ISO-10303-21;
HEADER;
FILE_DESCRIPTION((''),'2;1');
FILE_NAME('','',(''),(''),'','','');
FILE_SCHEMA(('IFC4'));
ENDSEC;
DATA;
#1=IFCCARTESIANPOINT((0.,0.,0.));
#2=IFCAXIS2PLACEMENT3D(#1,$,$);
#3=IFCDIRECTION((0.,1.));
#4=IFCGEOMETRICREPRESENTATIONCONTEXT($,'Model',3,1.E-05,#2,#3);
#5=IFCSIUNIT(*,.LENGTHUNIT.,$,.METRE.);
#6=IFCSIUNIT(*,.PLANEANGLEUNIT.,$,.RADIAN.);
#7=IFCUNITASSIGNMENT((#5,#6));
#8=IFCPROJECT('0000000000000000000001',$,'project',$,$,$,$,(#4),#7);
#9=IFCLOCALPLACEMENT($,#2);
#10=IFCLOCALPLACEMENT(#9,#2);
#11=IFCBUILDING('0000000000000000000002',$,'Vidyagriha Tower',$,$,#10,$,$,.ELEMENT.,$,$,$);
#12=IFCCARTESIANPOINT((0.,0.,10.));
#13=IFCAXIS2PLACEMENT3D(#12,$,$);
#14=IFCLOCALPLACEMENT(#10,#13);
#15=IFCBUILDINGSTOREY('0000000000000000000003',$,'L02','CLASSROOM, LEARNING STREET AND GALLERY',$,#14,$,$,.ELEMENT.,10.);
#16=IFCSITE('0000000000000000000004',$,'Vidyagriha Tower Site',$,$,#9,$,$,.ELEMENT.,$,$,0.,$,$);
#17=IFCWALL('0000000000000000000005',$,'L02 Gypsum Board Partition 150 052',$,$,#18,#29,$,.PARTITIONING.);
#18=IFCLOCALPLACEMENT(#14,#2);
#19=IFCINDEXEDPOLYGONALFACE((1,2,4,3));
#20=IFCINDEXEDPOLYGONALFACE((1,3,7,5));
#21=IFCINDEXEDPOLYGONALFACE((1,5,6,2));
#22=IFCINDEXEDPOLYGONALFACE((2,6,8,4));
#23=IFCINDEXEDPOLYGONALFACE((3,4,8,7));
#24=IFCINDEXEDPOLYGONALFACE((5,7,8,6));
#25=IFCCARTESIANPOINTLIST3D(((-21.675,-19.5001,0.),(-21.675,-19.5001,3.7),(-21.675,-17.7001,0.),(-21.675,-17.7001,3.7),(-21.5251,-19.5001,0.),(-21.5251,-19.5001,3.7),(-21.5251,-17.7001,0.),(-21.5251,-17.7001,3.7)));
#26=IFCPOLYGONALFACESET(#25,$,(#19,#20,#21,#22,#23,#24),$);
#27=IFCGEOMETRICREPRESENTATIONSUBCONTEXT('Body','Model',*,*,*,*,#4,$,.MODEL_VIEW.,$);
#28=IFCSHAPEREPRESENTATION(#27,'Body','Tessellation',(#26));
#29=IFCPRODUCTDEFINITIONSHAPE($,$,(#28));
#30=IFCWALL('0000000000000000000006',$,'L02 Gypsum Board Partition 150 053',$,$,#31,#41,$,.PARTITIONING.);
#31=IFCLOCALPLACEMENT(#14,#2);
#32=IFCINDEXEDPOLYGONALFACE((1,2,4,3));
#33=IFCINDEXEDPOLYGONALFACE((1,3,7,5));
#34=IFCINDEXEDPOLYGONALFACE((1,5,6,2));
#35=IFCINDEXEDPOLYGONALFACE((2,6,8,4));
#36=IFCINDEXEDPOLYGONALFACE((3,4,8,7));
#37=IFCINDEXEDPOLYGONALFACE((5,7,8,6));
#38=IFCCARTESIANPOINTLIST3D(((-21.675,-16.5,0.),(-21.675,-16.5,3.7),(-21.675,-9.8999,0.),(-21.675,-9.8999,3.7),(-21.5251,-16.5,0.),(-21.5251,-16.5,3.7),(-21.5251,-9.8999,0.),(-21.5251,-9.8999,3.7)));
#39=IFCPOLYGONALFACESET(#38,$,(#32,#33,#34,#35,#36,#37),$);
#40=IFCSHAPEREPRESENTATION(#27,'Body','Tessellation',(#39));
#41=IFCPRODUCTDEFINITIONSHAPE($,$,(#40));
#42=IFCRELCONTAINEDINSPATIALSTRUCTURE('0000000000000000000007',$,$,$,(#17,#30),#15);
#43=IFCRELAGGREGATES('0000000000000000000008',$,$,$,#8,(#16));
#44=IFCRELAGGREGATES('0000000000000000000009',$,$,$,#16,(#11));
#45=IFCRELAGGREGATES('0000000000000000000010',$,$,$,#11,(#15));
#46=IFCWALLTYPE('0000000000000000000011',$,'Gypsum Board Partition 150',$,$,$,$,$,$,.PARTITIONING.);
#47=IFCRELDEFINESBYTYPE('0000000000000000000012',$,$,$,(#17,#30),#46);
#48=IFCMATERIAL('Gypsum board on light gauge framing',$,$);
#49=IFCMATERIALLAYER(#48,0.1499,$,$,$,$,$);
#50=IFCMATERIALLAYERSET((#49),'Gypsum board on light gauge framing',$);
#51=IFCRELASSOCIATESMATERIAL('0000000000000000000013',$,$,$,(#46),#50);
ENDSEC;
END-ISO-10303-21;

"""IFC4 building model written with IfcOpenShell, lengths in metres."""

from ifc_helpers import new_model, si_unit, direction, frame, frame_2d, origin, place, context, subcontext, project, spatial, rectangle, extrude, material, layer, layer_set, type_object, element, save


model = new_model("IFC4")

# Units and contexts
model_context = context("Model", 3, precision=1e-05, world=origin(), true_north=direction((0.0, 1.0)))
body_context = subcontext(model_context, "Body", "Model", "MODEL_VIEW")
ifc_project = project(units=[si_unit("LENGTHUNIT", "METRE"), si_unit("PLANEANGLEUNIT", "RADIAN")], contexts=[model_context])

# Site, building, storey
site_placement = place(None, origin())
site = spatial("IfcSite", under=ifc_project, at=site_placement, Name="Vidyagriha Tower Site", CompositionType="ELEMENT", RefElevation=0.0)
building_placement = place(site_placement, origin())
building = spatial("IfcBuilding", under=site, at=building_placement, Name="Vidyagriha Tower", CompositionType="ELEMENT")
storey_placement = place(building_placement, frame((0.0, 0.0, 10.0)))
storey = spatial("IfcBuildingStorey", under=building, at=storey_placement, Name="L02", Description="CLASSROOM, LEARNING STREET AND GALLERY", CompositionType="ELEMENT", Elevation=10.0)

# Walls
ifc_material_1 = material(Name="Gypsum board on light gauge framing")
ifc_layer = layer(ifc_material_1, 0.1499)
ifc_layer_set = layer_set([ifc_layer], Name="Gypsum board on light gauge framing")
wall_type = type_object("IfcWallType", Name="Gypsum Board Partition 150", PredefinedType="PARTITIONING", material=ifc_layer_set)
wall_1_placement = place(storey_placement, frame((-21.6001, -19.5, 0.0), z_axis=(0.0, 0.0, 1.0), x_axis=(0.0, 1.0, 0.0)))
element("IfcWall", 1, at=wall_1_placement, inside=storey, type_object=wall_type, Name="L02 Gypsum Board Partition 150 052", PredefinedType="PARTITIONING", context=body_context, shape_type="SweptSolid", body=[
    extrude(rectangle(XDim=1.8, YDim=0.1499, at=frame_2d((0.8999, 0.0))), origin(), (0.0, 0.0, 1.0), 3.7),
])
wall_2_placement = place(storey_placement, frame((-21.6001, -16.5, 0.0), z_axis=(0.0, 0.0, 1.0), x_axis=(0.0, 1.0, 0.0)))
element("IfcWall", 2, at=wall_2_placement, inside=storey, type_object=wall_type, Name="L02 Gypsum Board Partition 150 053", PredefinedType="PARTITIONING", context=body_context, shape_type="SweptSolid", body=[
    extrude(rectangle(XDim=6.6001, YDim=0.1499, at=frame_2d((3.3, 0.0))), origin(), (0.0, 0.0, 1.0), 3.7),
])

save(model, "model.ifc")
